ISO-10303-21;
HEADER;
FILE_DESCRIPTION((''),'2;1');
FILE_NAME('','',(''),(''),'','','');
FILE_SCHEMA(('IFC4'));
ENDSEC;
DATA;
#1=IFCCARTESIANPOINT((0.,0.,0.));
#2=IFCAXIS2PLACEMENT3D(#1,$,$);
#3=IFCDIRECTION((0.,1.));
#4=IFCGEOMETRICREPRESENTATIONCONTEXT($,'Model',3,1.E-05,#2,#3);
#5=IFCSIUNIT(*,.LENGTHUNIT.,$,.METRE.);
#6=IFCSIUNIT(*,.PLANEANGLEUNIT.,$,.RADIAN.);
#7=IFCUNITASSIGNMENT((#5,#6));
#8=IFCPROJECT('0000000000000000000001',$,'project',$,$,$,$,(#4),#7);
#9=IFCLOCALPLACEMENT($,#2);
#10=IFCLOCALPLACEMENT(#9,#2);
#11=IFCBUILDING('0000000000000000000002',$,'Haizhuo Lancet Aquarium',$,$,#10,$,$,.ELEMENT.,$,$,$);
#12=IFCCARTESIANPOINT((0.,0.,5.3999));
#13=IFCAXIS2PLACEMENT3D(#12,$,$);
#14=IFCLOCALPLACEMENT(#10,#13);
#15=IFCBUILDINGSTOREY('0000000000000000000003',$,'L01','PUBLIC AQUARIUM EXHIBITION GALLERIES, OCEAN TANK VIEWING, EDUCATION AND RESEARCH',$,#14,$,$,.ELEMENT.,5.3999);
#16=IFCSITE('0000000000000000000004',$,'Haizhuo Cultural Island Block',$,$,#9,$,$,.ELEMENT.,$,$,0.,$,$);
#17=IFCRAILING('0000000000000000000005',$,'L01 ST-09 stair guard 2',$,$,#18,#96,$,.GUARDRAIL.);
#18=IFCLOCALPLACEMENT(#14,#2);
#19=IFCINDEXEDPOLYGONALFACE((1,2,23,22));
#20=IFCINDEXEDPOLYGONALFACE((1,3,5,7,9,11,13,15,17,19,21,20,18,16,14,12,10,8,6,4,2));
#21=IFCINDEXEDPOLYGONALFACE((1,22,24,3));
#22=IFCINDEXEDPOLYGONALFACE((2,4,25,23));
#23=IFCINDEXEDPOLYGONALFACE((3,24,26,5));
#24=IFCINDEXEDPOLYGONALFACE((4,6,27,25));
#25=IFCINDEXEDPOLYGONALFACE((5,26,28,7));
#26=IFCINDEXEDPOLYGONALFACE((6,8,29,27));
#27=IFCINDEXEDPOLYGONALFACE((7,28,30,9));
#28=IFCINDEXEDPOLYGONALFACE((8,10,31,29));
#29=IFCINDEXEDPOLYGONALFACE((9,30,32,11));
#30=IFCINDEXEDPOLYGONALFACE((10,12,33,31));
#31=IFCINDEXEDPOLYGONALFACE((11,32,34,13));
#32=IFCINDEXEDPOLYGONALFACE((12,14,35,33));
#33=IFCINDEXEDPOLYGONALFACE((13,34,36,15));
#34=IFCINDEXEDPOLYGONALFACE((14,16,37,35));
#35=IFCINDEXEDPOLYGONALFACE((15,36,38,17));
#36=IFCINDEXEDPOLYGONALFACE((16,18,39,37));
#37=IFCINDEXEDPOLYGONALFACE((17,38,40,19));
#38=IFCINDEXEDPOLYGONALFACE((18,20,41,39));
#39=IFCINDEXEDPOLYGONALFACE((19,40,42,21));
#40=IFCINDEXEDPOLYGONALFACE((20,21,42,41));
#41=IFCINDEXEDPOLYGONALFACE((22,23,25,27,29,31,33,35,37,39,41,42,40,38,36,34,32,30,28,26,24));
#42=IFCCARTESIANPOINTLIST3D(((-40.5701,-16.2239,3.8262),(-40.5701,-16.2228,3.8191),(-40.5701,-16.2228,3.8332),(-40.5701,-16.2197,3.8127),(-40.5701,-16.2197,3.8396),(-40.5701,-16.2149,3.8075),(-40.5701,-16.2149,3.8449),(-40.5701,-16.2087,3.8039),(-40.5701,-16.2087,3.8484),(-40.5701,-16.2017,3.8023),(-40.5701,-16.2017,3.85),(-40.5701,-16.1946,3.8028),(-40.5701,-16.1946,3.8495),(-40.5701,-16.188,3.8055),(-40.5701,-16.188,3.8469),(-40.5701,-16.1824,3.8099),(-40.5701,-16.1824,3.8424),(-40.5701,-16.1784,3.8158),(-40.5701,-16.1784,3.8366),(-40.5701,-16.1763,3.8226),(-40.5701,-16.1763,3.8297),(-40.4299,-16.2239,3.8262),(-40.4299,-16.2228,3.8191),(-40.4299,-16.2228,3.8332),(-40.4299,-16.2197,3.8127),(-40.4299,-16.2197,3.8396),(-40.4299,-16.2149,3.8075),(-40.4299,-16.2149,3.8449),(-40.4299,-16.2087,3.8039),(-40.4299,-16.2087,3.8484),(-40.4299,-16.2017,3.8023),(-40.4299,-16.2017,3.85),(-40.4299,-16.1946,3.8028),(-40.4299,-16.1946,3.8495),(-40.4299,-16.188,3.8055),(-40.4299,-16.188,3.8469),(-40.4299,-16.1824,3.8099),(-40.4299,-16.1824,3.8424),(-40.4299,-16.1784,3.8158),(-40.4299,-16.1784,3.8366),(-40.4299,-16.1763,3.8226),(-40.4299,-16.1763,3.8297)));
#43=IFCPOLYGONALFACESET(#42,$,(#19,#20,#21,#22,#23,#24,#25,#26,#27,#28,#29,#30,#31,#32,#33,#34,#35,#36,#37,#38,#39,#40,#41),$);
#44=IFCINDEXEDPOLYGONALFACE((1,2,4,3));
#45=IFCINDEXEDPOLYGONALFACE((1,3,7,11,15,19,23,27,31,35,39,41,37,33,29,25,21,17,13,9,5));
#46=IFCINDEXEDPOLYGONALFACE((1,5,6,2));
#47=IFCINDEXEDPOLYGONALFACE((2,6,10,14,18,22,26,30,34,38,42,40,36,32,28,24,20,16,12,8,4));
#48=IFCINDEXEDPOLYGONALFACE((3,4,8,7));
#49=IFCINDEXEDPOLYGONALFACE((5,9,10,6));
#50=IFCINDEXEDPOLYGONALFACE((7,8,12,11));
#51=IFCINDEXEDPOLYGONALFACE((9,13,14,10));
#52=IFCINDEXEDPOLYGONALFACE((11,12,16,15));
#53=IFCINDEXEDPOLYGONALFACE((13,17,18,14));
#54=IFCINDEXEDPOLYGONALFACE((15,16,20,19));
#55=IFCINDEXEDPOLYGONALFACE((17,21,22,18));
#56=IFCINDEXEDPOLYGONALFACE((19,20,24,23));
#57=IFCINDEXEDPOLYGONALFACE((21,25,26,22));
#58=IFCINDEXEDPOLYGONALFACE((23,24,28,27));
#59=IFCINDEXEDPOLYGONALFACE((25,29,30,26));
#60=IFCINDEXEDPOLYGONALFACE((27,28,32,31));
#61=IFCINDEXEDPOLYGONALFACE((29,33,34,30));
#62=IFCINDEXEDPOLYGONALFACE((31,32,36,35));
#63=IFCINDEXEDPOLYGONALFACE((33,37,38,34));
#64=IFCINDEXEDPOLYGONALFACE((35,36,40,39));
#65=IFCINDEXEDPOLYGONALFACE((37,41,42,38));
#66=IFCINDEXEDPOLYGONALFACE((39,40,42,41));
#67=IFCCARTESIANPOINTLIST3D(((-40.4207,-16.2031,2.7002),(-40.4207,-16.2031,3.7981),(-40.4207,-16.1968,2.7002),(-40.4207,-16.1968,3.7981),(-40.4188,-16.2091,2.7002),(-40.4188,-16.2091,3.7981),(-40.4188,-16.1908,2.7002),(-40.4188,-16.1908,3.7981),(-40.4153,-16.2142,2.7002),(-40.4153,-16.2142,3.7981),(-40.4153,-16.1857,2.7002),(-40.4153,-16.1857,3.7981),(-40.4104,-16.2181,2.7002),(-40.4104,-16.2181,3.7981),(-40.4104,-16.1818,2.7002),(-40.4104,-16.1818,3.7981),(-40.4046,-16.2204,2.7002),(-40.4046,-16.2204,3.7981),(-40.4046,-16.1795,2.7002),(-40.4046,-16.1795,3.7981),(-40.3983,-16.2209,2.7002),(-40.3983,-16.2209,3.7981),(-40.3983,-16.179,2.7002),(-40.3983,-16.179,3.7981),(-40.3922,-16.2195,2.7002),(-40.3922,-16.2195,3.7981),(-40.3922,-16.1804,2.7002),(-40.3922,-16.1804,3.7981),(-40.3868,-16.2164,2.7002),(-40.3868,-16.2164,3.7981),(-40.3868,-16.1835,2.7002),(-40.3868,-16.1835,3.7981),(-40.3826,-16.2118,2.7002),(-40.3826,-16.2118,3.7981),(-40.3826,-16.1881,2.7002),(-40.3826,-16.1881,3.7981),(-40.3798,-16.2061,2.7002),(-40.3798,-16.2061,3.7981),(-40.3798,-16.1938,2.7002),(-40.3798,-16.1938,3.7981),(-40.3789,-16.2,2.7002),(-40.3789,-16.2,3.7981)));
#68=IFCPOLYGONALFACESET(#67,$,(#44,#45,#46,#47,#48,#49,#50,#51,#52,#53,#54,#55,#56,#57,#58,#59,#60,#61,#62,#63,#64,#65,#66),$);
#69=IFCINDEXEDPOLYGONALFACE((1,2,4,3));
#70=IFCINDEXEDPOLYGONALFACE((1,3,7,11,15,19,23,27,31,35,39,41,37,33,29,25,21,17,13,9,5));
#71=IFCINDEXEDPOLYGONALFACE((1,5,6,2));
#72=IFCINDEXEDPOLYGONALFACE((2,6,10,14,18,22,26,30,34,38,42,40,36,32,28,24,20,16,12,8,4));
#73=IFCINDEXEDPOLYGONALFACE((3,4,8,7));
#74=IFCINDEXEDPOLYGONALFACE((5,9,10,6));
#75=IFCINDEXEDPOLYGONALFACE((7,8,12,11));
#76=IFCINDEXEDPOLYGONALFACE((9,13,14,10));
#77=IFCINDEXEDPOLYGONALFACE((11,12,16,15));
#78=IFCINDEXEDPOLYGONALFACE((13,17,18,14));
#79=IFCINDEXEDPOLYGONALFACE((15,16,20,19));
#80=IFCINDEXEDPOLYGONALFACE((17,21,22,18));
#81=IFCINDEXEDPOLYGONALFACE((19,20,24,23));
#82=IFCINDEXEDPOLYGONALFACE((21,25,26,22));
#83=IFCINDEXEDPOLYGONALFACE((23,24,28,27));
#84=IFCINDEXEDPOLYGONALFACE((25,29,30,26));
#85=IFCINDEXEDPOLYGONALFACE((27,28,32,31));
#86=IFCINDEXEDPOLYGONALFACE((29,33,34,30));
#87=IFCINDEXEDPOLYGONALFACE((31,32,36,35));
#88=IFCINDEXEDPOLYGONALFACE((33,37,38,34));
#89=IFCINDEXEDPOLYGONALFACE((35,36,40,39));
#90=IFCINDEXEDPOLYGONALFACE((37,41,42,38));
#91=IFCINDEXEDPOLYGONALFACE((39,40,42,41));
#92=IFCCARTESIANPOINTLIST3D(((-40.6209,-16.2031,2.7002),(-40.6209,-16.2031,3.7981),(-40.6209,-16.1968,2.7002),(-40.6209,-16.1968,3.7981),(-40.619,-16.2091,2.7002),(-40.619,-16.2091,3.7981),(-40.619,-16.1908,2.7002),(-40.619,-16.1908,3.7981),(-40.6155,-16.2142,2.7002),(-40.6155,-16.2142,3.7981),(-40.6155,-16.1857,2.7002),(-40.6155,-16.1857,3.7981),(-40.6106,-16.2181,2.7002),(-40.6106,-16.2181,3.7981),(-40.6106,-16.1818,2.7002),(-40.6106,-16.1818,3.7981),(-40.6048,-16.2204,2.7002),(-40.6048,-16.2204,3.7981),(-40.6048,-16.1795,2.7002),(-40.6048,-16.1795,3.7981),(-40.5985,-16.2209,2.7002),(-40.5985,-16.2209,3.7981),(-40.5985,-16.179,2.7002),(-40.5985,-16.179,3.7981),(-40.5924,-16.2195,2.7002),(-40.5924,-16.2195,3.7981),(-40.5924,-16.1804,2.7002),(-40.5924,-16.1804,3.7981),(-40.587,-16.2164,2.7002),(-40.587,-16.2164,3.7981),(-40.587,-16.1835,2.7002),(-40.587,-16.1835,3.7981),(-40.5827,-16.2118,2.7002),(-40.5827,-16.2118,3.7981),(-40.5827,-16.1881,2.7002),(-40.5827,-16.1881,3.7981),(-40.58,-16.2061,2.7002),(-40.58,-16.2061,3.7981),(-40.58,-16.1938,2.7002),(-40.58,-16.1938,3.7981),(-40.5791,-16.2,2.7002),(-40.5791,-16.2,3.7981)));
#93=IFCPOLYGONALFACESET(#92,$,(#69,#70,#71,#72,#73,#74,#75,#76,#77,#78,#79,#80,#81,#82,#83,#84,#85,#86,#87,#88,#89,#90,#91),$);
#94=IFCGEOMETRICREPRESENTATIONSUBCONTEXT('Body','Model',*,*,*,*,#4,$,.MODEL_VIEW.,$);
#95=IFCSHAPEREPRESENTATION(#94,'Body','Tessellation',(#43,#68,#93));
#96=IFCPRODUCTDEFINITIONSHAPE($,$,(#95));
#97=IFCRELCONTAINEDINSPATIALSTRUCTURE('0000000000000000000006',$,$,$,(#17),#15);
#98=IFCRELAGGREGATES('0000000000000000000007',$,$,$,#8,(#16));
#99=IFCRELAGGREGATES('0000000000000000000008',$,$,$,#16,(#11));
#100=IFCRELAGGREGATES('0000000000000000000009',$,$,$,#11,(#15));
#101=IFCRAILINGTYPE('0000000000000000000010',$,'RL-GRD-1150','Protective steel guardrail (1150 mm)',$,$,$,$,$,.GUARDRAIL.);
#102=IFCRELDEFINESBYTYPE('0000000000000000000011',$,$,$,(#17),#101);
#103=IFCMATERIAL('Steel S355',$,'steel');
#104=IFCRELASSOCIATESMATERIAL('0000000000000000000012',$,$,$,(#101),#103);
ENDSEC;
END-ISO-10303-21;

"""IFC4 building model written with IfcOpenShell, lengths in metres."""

from ifc_helpers import new_model, si_unit, direction, frame, origin, origin_2d, place, context, subcontext, project, spatial, circle, extrude, material, type_object, element, save


model = new_model("IFC4")

# Units and contexts
model_context = context("Model", 3, precision=1e-05, world=origin(), true_north=direction((0.0, 1.0)))
body_context = subcontext(model_context, "Body", "Model", "MODEL_VIEW")
ifc_project = project(units=[si_unit("LENGTHUNIT", "METRE"), si_unit("PLANEANGLEUNIT", "RADIAN")], contexts=[model_context])

# Site, building, storey
site_placement = place(None, origin())
site = spatial("IfcSite", under=ifc_project, at=site_placement, Name="Haizhuo Cultural Island Block", CompositionType="ELEMENT", RefElevation=0.0)
building_placement = place(site_placement, origin())
building = spatial("IfcBuilding", under=site, at=building_placement, Name="Haizhuo Lancet Aquarium", CompositionType="ELEMENT")
storey_placement = place(building_placement, frame((0.0, 0.0, 5.3999)))
storey = spatial("IfcBuildingStorey", under=building, at=storey_placement, Name="L01", Description="PUBLIC AQUARIUM EXHIBITION GALLERIES, OCEAN TANK VIEWING, EDUCATION AND RESEARCH", CompositionType="ELEMENT", Elevation=5.3999)

# Shared definitions
ifc_material_1 = material(Name="Steel S355", Category="steel")

# Railing
railing_type_1 = type_object("IfcRailingType", Name="RL-GRD-1150", Description="Protective steel guardrail (1150 mm)", PredefinedType="GUARDRAIL", material=ifc_material_1)
railing_1_placement = place(storey_placement, frame((-40.3999, -16.2, 2.7002)))
element("IfcRailing", 1, at=railing_1_placement, inside=storey, type_object=railing_type_1, Name="L01 ST-09 stair guard 2", PredefinedType="GUARDRAIL", context=body_context, shape_type="SweptSolid", body=[
    extrude(circle(Radius=0.0239, at=origin_2d()), frame((-0.03, 0.0, 1.126), z_axis=(-1.0, 0.0, 0.0), x_axis=(0.0, -1.0, 0.0)), (0.0, 0.0, 1.0), 0.1401),
    extrude(circle(Radius=0.021, at=origin_2d()), origin(), (0.0, 0.0, 1.0), 1.0979),
    extrude(circle(Radius=0.021, at=origin_2d()), frame((-0.2002, 0.0, 0.0)), (0.0, 0.0, 1.0), 1.0979),
])

save(model, "model.ifc")
